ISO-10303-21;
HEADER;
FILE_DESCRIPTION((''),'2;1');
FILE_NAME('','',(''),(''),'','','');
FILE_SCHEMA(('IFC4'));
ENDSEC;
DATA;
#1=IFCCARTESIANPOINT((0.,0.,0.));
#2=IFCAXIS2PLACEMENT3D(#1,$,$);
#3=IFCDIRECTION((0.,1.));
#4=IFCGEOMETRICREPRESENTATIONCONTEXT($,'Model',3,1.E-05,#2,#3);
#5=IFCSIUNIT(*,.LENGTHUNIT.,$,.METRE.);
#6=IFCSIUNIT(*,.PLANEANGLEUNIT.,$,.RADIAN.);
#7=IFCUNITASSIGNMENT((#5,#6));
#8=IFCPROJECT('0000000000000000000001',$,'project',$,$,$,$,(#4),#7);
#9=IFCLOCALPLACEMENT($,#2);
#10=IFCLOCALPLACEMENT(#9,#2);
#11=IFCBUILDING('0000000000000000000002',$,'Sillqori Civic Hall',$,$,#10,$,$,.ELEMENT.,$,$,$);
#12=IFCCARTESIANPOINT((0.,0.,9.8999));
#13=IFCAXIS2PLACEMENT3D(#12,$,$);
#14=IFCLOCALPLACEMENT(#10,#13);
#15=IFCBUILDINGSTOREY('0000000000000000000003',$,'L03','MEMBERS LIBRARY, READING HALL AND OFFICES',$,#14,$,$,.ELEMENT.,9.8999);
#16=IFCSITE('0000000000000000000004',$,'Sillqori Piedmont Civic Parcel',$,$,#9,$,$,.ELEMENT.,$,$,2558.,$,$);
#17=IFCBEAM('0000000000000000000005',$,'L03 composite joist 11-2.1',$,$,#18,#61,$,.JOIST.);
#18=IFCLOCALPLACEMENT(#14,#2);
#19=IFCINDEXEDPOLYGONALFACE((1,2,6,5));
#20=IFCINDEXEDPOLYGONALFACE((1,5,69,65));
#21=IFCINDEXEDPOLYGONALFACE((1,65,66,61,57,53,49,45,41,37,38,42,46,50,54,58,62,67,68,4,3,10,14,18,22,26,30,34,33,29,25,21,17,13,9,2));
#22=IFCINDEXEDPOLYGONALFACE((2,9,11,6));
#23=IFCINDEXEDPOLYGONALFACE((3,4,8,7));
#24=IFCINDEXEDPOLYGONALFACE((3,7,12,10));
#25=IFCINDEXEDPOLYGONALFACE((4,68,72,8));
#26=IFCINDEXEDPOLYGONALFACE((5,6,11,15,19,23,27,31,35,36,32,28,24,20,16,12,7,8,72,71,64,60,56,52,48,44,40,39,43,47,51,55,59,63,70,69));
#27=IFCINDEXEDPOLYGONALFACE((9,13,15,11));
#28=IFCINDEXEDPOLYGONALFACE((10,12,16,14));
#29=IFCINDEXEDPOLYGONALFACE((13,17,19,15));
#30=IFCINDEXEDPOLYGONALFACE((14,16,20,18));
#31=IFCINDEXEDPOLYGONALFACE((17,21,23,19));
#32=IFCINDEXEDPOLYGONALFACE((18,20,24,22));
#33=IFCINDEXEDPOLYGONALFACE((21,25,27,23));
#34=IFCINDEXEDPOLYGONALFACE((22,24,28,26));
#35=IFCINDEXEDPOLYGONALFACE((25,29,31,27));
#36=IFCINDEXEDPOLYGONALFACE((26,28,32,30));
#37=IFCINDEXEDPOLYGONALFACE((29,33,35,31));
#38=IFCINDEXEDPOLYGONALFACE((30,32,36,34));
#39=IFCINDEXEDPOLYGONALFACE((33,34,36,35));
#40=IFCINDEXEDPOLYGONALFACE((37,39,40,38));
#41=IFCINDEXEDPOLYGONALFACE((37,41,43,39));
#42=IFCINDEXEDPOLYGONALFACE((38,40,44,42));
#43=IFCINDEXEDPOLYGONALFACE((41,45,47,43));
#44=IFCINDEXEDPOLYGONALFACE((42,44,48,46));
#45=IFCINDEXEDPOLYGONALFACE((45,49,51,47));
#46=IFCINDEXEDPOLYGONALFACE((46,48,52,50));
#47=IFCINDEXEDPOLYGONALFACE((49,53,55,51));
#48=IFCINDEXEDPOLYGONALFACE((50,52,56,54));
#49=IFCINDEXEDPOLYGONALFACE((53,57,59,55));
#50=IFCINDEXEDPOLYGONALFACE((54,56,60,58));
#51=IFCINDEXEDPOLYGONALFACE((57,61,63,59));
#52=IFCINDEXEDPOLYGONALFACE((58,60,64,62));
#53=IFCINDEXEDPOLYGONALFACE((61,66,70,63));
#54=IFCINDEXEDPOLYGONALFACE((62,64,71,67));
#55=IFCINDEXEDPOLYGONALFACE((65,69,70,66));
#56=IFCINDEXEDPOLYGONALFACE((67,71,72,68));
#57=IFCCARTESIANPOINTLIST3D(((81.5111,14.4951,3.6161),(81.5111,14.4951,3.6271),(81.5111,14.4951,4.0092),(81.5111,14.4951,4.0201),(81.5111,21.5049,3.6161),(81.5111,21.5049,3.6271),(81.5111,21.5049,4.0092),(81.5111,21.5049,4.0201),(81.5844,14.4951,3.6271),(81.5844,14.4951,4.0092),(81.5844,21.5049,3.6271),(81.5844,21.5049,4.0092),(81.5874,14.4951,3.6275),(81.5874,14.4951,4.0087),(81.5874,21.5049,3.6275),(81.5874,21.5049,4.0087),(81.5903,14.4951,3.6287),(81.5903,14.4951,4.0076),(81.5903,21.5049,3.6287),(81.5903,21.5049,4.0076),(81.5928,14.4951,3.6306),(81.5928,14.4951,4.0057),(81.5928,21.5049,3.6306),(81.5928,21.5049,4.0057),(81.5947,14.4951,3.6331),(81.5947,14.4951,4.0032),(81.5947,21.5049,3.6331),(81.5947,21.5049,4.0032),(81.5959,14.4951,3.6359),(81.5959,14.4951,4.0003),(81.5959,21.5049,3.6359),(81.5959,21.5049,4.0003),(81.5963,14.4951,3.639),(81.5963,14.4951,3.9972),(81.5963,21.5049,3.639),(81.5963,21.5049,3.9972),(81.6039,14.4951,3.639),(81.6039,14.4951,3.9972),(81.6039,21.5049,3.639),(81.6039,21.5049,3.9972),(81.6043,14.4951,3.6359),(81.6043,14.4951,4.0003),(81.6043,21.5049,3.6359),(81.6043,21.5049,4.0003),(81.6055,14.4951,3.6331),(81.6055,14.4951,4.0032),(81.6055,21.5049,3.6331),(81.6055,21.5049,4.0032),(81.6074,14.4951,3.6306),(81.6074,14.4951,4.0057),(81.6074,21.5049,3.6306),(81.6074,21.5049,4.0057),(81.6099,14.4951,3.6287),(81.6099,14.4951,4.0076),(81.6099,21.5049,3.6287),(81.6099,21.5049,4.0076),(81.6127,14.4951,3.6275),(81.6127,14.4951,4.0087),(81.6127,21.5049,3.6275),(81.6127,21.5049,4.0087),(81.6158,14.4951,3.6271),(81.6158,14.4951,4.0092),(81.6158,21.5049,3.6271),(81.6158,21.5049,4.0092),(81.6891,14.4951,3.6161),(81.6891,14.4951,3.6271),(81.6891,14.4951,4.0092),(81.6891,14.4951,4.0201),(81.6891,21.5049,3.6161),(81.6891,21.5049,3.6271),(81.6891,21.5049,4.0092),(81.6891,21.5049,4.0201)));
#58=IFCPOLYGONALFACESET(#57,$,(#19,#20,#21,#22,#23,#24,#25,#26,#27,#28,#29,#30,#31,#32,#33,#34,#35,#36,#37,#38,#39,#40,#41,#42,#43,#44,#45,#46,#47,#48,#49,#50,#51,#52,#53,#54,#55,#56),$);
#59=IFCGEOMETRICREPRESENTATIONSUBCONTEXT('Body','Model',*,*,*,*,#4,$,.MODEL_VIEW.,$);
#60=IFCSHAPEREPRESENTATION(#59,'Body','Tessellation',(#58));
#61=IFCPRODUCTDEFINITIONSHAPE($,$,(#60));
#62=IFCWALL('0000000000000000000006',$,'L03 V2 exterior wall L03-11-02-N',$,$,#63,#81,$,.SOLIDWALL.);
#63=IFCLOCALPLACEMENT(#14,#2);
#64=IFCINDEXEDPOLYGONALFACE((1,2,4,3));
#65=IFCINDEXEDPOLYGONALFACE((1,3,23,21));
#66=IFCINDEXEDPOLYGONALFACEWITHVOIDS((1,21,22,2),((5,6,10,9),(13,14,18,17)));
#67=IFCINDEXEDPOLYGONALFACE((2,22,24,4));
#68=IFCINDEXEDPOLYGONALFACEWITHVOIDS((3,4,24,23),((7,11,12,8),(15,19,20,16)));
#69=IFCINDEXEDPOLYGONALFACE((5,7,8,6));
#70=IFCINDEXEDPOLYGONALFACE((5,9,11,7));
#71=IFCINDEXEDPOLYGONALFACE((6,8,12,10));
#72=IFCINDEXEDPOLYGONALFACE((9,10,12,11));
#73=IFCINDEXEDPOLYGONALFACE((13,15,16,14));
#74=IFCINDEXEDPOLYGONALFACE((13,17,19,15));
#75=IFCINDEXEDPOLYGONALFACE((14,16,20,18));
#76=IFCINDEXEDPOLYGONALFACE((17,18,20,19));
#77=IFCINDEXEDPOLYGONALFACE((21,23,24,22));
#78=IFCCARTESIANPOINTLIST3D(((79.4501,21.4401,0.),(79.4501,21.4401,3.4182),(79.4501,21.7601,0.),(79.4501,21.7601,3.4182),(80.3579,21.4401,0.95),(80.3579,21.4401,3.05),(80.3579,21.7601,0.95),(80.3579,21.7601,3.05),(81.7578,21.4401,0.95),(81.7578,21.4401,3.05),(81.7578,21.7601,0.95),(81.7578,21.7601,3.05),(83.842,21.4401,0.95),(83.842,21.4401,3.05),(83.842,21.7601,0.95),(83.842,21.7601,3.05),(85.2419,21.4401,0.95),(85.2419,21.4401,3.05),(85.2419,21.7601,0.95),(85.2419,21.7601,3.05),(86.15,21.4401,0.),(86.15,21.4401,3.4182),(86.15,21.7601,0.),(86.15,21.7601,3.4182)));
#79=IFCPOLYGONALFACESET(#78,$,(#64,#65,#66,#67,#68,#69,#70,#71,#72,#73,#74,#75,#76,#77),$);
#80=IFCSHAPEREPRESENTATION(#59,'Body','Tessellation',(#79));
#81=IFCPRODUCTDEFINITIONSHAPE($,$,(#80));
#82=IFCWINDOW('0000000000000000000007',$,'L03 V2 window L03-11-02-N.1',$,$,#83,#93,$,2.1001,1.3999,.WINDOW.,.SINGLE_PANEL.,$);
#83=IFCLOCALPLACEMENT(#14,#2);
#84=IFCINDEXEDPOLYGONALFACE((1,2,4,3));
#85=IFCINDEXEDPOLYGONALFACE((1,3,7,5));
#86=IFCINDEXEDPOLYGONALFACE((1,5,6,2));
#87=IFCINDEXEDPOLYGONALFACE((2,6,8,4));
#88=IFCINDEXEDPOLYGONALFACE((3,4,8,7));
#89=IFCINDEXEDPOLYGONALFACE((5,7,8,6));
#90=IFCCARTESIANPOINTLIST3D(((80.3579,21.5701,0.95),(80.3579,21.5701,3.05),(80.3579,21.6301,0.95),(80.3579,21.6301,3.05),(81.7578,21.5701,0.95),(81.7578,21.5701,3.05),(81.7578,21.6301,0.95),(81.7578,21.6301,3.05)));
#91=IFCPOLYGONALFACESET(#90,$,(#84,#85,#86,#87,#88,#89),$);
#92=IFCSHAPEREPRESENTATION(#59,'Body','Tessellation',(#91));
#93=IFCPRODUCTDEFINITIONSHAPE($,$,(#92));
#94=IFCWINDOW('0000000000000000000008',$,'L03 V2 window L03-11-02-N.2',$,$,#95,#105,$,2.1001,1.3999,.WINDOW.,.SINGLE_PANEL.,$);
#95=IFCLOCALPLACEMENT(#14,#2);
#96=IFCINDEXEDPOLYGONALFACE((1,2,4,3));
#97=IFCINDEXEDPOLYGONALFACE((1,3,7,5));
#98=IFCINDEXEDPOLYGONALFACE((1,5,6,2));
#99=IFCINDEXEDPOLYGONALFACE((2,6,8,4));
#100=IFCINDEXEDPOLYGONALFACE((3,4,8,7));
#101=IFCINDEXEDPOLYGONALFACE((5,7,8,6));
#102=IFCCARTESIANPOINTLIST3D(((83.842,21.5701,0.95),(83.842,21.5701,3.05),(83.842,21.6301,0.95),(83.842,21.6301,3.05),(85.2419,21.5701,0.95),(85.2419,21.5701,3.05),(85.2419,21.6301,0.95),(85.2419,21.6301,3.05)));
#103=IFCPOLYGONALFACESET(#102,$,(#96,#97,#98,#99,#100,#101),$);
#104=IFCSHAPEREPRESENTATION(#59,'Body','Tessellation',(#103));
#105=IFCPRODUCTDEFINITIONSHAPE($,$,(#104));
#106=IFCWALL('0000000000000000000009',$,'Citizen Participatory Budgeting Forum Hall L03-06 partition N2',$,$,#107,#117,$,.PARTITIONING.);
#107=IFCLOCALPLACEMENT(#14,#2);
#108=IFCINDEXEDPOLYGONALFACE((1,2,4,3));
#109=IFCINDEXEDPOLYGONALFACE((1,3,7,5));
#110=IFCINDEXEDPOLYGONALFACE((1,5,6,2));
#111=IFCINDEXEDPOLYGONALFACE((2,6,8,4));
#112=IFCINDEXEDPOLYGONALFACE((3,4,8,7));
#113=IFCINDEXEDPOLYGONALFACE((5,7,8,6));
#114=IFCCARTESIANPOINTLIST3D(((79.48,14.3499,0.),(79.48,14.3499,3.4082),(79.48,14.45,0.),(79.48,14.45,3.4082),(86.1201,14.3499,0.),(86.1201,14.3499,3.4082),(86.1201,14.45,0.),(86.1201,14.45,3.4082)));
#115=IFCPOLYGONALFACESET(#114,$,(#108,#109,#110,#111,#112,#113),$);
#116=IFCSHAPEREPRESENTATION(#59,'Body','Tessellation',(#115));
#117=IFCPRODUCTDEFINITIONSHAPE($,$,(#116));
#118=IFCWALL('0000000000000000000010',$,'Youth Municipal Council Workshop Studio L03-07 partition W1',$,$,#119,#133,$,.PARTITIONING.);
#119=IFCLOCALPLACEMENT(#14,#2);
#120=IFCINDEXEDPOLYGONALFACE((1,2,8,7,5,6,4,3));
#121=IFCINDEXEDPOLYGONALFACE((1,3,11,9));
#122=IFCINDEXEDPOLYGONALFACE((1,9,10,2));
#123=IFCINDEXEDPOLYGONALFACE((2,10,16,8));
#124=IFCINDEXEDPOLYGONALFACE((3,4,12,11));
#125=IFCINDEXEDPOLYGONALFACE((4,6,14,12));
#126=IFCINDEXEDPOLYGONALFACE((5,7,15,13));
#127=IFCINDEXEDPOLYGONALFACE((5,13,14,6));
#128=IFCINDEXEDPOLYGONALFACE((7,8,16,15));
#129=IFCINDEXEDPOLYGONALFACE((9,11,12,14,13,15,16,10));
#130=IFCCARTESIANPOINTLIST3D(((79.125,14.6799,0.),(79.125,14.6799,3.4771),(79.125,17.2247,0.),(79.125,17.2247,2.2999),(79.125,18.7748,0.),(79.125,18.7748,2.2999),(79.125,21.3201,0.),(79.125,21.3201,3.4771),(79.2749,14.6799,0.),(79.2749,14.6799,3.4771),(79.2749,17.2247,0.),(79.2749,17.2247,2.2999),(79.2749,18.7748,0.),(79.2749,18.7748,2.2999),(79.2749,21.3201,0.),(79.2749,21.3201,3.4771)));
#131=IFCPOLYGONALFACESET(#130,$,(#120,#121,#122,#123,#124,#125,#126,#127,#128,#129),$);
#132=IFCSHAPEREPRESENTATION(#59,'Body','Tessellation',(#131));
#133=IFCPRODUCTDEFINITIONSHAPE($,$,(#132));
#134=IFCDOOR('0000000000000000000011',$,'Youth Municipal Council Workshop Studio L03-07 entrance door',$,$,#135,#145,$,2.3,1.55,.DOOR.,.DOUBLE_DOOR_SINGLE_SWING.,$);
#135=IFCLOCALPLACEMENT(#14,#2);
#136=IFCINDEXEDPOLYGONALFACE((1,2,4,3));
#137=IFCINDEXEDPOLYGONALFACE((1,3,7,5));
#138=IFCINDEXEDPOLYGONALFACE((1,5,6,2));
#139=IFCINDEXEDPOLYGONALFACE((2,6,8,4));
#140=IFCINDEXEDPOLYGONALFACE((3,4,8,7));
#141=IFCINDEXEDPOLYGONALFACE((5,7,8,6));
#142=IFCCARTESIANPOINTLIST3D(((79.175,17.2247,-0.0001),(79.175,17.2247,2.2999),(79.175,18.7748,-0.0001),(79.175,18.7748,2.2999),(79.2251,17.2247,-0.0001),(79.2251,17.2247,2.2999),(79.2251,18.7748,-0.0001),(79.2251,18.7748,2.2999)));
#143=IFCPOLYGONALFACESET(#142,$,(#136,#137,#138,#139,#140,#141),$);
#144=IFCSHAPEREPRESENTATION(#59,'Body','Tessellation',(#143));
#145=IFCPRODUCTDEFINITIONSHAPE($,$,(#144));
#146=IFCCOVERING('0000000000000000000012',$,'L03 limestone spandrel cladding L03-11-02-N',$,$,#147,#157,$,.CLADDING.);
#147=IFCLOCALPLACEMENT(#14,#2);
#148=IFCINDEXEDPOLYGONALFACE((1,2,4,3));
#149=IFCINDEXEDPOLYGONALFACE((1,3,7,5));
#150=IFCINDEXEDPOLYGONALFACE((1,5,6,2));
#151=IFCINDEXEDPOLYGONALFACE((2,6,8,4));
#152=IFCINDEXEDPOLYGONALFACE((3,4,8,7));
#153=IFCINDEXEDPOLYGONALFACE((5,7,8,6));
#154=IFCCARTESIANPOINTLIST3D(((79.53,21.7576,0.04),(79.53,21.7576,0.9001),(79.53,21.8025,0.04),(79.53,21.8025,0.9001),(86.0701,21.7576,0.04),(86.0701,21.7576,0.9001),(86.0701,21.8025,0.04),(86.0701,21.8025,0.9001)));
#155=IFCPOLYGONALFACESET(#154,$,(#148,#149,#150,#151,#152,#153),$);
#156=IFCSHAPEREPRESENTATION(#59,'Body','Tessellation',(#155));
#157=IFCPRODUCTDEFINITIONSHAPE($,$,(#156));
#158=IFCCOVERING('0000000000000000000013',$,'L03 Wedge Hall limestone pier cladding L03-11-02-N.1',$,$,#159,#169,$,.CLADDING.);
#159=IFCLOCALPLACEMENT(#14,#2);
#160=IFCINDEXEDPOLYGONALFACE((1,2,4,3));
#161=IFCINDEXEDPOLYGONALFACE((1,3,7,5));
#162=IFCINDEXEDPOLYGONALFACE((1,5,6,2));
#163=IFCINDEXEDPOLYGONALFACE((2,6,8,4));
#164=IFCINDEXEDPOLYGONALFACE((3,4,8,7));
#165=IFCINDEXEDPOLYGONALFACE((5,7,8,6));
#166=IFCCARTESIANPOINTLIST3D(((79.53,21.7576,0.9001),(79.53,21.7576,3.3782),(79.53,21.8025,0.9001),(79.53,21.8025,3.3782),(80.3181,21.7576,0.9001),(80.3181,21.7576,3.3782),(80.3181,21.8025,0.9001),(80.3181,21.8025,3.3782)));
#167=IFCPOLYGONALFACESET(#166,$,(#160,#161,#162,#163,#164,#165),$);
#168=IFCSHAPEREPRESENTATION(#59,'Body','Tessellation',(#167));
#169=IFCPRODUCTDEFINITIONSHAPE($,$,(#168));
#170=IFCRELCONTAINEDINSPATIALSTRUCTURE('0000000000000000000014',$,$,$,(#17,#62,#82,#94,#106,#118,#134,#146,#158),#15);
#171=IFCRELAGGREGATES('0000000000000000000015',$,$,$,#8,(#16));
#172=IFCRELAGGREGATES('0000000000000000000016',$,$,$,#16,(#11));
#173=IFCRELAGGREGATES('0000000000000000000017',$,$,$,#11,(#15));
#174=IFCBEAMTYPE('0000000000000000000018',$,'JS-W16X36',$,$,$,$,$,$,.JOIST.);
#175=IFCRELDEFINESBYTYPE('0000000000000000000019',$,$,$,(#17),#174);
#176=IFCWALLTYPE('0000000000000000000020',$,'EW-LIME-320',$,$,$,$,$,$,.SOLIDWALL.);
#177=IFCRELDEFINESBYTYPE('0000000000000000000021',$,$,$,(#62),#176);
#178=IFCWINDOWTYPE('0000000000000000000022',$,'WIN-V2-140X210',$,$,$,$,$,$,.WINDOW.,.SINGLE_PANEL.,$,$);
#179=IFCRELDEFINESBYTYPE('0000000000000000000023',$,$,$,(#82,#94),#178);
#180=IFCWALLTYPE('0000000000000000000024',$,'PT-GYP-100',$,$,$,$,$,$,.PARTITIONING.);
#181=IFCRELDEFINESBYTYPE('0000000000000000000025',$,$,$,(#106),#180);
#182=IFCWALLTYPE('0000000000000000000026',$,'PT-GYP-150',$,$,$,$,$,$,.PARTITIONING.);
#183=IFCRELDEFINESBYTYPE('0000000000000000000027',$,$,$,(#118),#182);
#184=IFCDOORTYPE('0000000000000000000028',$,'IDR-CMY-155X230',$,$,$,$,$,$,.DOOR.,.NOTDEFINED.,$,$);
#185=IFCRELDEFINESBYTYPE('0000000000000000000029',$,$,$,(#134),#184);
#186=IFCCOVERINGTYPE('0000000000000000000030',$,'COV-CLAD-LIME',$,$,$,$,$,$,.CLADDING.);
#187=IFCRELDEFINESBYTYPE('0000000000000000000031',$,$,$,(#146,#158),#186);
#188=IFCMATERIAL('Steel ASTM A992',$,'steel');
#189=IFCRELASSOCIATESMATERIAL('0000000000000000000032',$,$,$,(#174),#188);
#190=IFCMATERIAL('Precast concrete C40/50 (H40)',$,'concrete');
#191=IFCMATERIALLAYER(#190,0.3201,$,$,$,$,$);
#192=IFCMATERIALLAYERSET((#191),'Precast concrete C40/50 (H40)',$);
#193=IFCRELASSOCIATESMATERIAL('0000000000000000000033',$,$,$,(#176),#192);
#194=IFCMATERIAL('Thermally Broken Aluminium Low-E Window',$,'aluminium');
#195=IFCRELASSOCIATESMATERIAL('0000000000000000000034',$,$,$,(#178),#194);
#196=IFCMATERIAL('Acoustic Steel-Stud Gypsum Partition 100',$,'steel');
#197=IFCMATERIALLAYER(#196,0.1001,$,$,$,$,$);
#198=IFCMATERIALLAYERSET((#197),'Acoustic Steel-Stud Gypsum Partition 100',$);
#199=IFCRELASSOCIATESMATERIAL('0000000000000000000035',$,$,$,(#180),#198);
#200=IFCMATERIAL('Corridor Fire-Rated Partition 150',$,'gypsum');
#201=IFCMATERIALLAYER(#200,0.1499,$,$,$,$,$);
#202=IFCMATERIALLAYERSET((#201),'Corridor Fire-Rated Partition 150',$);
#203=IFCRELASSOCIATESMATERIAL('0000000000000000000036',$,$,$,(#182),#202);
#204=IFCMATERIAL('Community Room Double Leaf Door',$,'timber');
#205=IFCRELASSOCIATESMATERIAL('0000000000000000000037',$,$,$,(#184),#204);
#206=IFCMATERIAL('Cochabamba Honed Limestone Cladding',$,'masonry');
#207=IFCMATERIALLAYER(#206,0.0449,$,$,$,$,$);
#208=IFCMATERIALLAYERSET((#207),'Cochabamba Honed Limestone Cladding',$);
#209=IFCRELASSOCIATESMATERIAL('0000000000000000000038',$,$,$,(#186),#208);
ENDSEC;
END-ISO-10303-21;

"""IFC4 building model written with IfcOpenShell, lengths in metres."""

from ifc_helpers import new_model, si_unit, direction, frame, frame_2d, origin, origin_2d, place, context, subcontext, project, spatial, rectangle, i_section, extrude, material, layer, layer_set, material_profile, profile_set, type_object, element, fill, save


model = new_model("IFC4")

# Units and contexts
model_context = context("Model", 3, precision=1e-05, world=origin(), true_north=direction((0.0, 1.0)))
body_context = subcontext(model_context, "Body", "Model", "MODEL_VIEW")
ifc_project = project(units=[si_unit("LENGTHUNIT", "METRE"), si_unit("PLANEANGLEUNIT", "RADIAN")], contexts=[model_context])

# Site, building, storey
site_placement = place(None, origin())
site = spatial("IfcSite", under=ifc_project, at=site_placement, Name="Sillqori Piedmont Civic Parcel", CompositionType="ELEMENT", RefElevation=2558.0)
building_placement = place(site_placement, origin())
building = spatial("IfcBuilding", under=site, at=building_placement, Name="Sillqori Civic Hall", CompositionType="ELEMENT")
storey_placement = place(building_placement, frame((0.0, 0.0, 9.8999)))
storey = spatial("IfcBuildingStorey", under=building, at=storey_placement, Name="L03", Description="MEMBERS LIBRARY, READING HALL AND OFFICES", CompositionType="ELEMENT", Elevation=9.8999)

# Shared definitions
ifc_material_1 = material(Name="Steel ASTM A992", Category="steel")

# Beam
ifc_material_profile_1 = material_profile(ifc_material_1, i_section(OverallWidth=0.178, OverallDepth=0.4041, WebThickness=0.0076, FlangeThickness=0.011, FilletRadius=0.012, at=origin_2d()), Name="W16X36")
ifc_profile_set_1 = profile_set([ifc_material_profile_1], Name="Steel ASTM A992")
beam_type_1 = type_object("IfcBeamType", Name="JS-W16X36", PredefinedType="JOIST", material=ifc_profile_set_1)
beam_1_placement = place(storey_placement, frame((81.6001, 14.4951, 3.8181), z_axis=(0.0, 1.0, 0.0), x_axis=(-1.0, 0.0, 0.0)))
element("IfcBeam", 1, at=beam_1_placement, inside=storey, type_object=beam_type_1, Name="L03 composite joist 11-2.1", PredefinedType="JOIST", context=body_context, shape_type="SweptSolid", body=[
    extrude(i_section(OverallWidth=0.178, OverallDepth=0.4041, WebThickness=0.0076, FlangeThickness=0.011, FilletRadius=0.012, at=origin_2d()), origin(), (0.0, 0.0, 1.0), 7.0098),
])

# Wall, openings, windows
ifc_material_2 = material(Name="Precast concrete C40/50 (H40)", Category="concrete")
ifc_layer_1 = layer(ifc_material_2, 0.3201)
ifc_layer_set_1 = layer_set([ifc_layer_1], Name="Precast concrete C40/50 (H40)")
wall_type_1 = type_object("IfcWallType", Name="EW-LIME-320", PredefinedType="SOLIDWALL", material=ifc_layer_set_1)
wall_1_placement = place(storey_placement, frame((79.45, 21.6001, 0.0), z_axis=(0.0, 0.0, 1.0), x_axis=(1.0, 0.0, 0.0)))
wall_1 = element("IfcWall", 2, at=wall_1_placement, inside=storey, type_object=wall_type_1, Name="L03 V2 exterior wall L03-11-02-N", PredefinedType="SOLIDWALL", context=body_context, shape_type="SweptSolid", body=[
    extrude(rectangle(XDim=6.7, YDim=0.3201, at=frame_2d((3.3501, 0.0))), origin(), (0.0, 0.0, 1.0), 3.4182),
])
opening_1_placement = place(wall_1_placement, frame((0.908, 0.0, 0.95)))
opening_1 = element("IfcOpeningElement", 3, at=opening_1_placement, cuts=wall_1, PredefinedType="OPENING", context=body_context, shape_type="SweptSolid", body=[
    extrude(rectangle(XDim=1.3999, YDim=2.1001, at=frame_2d((0.7, 1.05))), frame((0.0, 0.1699, 0.0), z_axis=(0.0, -1.0, 0.0), x_axis=(1.0, 0.0, 0.0)), (0.0, 0.0, 1.0), 0.3401),
])
opening_2_placement = place(wall_1_placement, frame((4.3921, 0.0, 0.95)))
opening_2 = element("IfcOpeningElement", 4, at=opening_2_placement, cuts=wall_1, PredefinedType="OPENING", context=body_context, shape_type="SweptSolid", body=[
    extrude(rectangle(XDim=1.3999, YDim=2.1001, at=frame_2d((0.7, 1.05))), frame((0.0, 0.1699, 0.0), z_axis=(0.0, -1.0, 0.0), x_axis=(1.0, 0.0, 0.0)), (0.0, 0.0, 1.0), 0.3401),
])
ifc_material_3 = material(Name="Thermally Broken Aluminium Low-E Window", Category="aluminium")
window_type = type_object("IfcWindowType", Name="WIN-V2-140X210", PartitioningType="SINGLE_PANEL", PredefinedType="WINDOW", material=ifc_material_3)
window_1_placement = place(opening_1_placement, origin())
window_1 = element("IfcWindow", 5, at=window_1_placement, inside=storey, type_object=window_type, Name="L03 V2 window L03-11-02-N.1", OverallHeight=2.1001, OverallWidth=1.3999, PartitioningType="SINGLE_PANEL", PredefinedType="WINDOW", context=body_context, shape_type="SweptSolid", body=[
    extrude(rectangle(XDim=1.3999, YDim=2.1001, at=frame_2d((0.7, 1.05))), frame((0.0, 0.03, 0.0), z_axis=(0.0, -1.0, 0.0), x_axis=(1.0, 0.0, 0.0)), (0.0, 0.0, 1.0), 0.0601),
])
fill(opening_1, window_1)
window_2_placement = place(opening_2_placement, origin())
window_2 = element("IfcWindow", 6, at=window_2_placement, inside=storey, type_object=window_type, Name="L03 V2 window L03-11-02-N.2", OverallHeight=2.1001, OverallWidth=1.3999, PartitioningType="SINGLE_PANEL", PredefinedType="WINDOW", context=body_context, shape_type="SweptSolid", body=[
    extrude(rectangle(XDim=1.3999, YDim=2.1001, at=frame_2d((0.7, 1.05))), frame((0.0, 0.03, 0.0), z_axis=(0.0, -1.0, 0.0), x_axis=(1.0, 0.0, 0.0)), (0.0, 0.0, 1.0), 0.0601),
])
fill(opening_2, window_2)

# Wall
ifc_material_4 = material(Name="Acoustic Steel-Stud Gypsum Partition 100", Category="steel")
ifc_layer_2 = layer(ifc_material_4, 0.1001)
ifc_layer_set_2 = layer_set([ifc_layer_2], Name="Acoustic Steel-Stud Gypsum Partition 100")
wall_type_2 = type_object("IfcWallType", Name="PT-GYP-100", PredefinedType="PARTITIONING", material=ifc_layer_set_2)
wall_2_placement = place(storey_placement, frame((79.48, 14.3999, 0.0), z_axis=(0.0, 0.0, 1.0), x_axis=(1.0, 0.0, 0.0)))
element("IfcWall", 7, at=wall_2_placement, inside=storey, type_object=wall_type_2, Name="Citizen Participatory Budgeting Forum Hall L03-06 partition N2", PredefinedType="PARTITIONING", context=body_context, shape_type="SweptSolid", body=[
    extrude(rectangle(XDim=6.6401, YDim=0.1001, at=frame_2d((3.3201, 0.0))), origin(), (0.0, 0.0, 1.0), 3.4082),
])

# Wall, opening, door
ifc_material_5 = material(Name="Corridor Fire-Rated Partition 150", Category="gypsum")
ifc_layer_3 = layer(ifc_material_5, 0.1499)
ifc_layer_set_3 = layer_set([ifc_layer_3], Name="Corridor Fire-Rated Partition 150")
wall_type_3 = type_object("IfcWallType", Name="PT-GYP-150", PredefinedType="PARTITIONING", material=ifc_layer_set_3)
wall_3_placement = place(storey_placement, frame((79.2, 14.6799, 0.0), z_axis=(0.0, 0.0, 1.0), x_axis=(0.0, 1.0, 0.0)))
wall_3 = element("IfcWall", 8, at=wall_3_placement, inside=storey, type_object=wall_type_3, Name="Youth Municipal Council Workshop Studio L03-07 partition W1", PredefinedType="PARTITIONING", context=body_context, shape_type="SweptSolid", body=[
    extrude(rectangle(XDim=6.6401, YDim=0.1499, at=frame_2d((3.3201, 0.0))), origin(), (0.0, 0.0, 1.0), 3.4771),
])
opening_3_placement = place(wall_3_placement, frame((2.5449, 0.0, 0.0)))
opening_3 = element("IfcOpeningElement", 9, at=opening_3_placement, cuts=wall_3, PredefinedType="OPENING", context=body_context, shape_type="SweptSolid", body=[
    extrude(rectangle(XDim=1.55, YDim=2.3, at=frame_2d((0.7749, 1.1499))), frame((0.0, 0.085, 0.0), z_axis=(0.0, -1.0, 0.0), x_axis=(1.0, 0.0, 0.0)), (0.0, 0.0, 1.0), 0.1699),
])
ifc_material_6 = material(Name="Community Room Double Leaf Door", Category="timber")
door_type = type_object("IfcDoorType", Name="IDR-CMY-155X230", OperationType="NOTDEFINED", PredefinedType="DOOR", material=ifc_material_6)
door_placement = place(opening_3_placement, origin())
door = element("IfcDoor", 10, at=door_placement, inside=storey, type_object=door_type, Name="Youth Municipal Council Workshop Studio L03-07 entrance door", OperationType="DOUBLE_DOOR_SINGLE_SWING", OverallHeight=2.3, OverallWidth=1.55, PredefinedType="DOOR", context=body_context, shape_type="SweptSolid", body=[
    extrude(rectangle(XDim=1.55, YDim=2.3, at=frame_2d((0.7749, 1.1499))), frame((0.0, 0.0249, 0.0), z_axis=(0.0, -1.0, 0.0), x_axis=(1.0, 0.0, 0.0)), (0.0, 0.0, 1.0), 0.05),
])
fill(opening_3, door)

# Coverings
ifc_material_7 = material(Name="Cochabamba Honed Limestone Cladding", Category="masonry")
ifc_layer_4 = layer(ifc_material_7, 0.0449)
ifc_layer_set_4 = layer_set([ifc_layer_4], Name="Cochabamba Honed Limestone Cladding")
covering_type = type_object("IfcCoveringType", Name="COV-CLAD-LIME", PredefinedType="CLADDING", material=ifc_layer_set_4)
covering_1_placement = place(storey_placement, frame((79.53, 21.78, 0.04), z_axis=(0.0, 0.0, 1.0), x_axis=(1.0, 0.0, 0.0)))
element("IfcCovering", 11, at=covering_1_placement, inside=storey, type_object=covering_type, Name="L03 limestone spandrel cladding L03-11-02-N", PredefinedType="CLADDING", context=body_context, shape_type="SweptSolid", body=[
    extrude(rectangle(XDim=6.54, YDim=0.0449, at=frame_2d((3.27, 0.0))), origin(), (0.0, 0.0, 1.0), 0.8601),
])
covering_2_placement = place(storey_placement, frame((79.53, 21.78, 0.9001), z_axis=(0.0, 0.0, 1.0), x_axis=(1.0, 0.0, 0.0)))
element("IfcCovering", 12, at=covering_2_placement, inside=storey, type_object=covering_type, Name="L03 Wedge Hall limestone pier cladding L03-11-02-N.1", PredefinedType="CLADDING", context=body_context, shape_type="SweptSolid", body=[
    extrude(rectangle(XDim=0.7881, YDim=0.0449, at=frame_2d((0.394, 0.0))), origin(), (0.0, 0.0, 1.0), 2.478),
])

save(model, "model.ifc")
